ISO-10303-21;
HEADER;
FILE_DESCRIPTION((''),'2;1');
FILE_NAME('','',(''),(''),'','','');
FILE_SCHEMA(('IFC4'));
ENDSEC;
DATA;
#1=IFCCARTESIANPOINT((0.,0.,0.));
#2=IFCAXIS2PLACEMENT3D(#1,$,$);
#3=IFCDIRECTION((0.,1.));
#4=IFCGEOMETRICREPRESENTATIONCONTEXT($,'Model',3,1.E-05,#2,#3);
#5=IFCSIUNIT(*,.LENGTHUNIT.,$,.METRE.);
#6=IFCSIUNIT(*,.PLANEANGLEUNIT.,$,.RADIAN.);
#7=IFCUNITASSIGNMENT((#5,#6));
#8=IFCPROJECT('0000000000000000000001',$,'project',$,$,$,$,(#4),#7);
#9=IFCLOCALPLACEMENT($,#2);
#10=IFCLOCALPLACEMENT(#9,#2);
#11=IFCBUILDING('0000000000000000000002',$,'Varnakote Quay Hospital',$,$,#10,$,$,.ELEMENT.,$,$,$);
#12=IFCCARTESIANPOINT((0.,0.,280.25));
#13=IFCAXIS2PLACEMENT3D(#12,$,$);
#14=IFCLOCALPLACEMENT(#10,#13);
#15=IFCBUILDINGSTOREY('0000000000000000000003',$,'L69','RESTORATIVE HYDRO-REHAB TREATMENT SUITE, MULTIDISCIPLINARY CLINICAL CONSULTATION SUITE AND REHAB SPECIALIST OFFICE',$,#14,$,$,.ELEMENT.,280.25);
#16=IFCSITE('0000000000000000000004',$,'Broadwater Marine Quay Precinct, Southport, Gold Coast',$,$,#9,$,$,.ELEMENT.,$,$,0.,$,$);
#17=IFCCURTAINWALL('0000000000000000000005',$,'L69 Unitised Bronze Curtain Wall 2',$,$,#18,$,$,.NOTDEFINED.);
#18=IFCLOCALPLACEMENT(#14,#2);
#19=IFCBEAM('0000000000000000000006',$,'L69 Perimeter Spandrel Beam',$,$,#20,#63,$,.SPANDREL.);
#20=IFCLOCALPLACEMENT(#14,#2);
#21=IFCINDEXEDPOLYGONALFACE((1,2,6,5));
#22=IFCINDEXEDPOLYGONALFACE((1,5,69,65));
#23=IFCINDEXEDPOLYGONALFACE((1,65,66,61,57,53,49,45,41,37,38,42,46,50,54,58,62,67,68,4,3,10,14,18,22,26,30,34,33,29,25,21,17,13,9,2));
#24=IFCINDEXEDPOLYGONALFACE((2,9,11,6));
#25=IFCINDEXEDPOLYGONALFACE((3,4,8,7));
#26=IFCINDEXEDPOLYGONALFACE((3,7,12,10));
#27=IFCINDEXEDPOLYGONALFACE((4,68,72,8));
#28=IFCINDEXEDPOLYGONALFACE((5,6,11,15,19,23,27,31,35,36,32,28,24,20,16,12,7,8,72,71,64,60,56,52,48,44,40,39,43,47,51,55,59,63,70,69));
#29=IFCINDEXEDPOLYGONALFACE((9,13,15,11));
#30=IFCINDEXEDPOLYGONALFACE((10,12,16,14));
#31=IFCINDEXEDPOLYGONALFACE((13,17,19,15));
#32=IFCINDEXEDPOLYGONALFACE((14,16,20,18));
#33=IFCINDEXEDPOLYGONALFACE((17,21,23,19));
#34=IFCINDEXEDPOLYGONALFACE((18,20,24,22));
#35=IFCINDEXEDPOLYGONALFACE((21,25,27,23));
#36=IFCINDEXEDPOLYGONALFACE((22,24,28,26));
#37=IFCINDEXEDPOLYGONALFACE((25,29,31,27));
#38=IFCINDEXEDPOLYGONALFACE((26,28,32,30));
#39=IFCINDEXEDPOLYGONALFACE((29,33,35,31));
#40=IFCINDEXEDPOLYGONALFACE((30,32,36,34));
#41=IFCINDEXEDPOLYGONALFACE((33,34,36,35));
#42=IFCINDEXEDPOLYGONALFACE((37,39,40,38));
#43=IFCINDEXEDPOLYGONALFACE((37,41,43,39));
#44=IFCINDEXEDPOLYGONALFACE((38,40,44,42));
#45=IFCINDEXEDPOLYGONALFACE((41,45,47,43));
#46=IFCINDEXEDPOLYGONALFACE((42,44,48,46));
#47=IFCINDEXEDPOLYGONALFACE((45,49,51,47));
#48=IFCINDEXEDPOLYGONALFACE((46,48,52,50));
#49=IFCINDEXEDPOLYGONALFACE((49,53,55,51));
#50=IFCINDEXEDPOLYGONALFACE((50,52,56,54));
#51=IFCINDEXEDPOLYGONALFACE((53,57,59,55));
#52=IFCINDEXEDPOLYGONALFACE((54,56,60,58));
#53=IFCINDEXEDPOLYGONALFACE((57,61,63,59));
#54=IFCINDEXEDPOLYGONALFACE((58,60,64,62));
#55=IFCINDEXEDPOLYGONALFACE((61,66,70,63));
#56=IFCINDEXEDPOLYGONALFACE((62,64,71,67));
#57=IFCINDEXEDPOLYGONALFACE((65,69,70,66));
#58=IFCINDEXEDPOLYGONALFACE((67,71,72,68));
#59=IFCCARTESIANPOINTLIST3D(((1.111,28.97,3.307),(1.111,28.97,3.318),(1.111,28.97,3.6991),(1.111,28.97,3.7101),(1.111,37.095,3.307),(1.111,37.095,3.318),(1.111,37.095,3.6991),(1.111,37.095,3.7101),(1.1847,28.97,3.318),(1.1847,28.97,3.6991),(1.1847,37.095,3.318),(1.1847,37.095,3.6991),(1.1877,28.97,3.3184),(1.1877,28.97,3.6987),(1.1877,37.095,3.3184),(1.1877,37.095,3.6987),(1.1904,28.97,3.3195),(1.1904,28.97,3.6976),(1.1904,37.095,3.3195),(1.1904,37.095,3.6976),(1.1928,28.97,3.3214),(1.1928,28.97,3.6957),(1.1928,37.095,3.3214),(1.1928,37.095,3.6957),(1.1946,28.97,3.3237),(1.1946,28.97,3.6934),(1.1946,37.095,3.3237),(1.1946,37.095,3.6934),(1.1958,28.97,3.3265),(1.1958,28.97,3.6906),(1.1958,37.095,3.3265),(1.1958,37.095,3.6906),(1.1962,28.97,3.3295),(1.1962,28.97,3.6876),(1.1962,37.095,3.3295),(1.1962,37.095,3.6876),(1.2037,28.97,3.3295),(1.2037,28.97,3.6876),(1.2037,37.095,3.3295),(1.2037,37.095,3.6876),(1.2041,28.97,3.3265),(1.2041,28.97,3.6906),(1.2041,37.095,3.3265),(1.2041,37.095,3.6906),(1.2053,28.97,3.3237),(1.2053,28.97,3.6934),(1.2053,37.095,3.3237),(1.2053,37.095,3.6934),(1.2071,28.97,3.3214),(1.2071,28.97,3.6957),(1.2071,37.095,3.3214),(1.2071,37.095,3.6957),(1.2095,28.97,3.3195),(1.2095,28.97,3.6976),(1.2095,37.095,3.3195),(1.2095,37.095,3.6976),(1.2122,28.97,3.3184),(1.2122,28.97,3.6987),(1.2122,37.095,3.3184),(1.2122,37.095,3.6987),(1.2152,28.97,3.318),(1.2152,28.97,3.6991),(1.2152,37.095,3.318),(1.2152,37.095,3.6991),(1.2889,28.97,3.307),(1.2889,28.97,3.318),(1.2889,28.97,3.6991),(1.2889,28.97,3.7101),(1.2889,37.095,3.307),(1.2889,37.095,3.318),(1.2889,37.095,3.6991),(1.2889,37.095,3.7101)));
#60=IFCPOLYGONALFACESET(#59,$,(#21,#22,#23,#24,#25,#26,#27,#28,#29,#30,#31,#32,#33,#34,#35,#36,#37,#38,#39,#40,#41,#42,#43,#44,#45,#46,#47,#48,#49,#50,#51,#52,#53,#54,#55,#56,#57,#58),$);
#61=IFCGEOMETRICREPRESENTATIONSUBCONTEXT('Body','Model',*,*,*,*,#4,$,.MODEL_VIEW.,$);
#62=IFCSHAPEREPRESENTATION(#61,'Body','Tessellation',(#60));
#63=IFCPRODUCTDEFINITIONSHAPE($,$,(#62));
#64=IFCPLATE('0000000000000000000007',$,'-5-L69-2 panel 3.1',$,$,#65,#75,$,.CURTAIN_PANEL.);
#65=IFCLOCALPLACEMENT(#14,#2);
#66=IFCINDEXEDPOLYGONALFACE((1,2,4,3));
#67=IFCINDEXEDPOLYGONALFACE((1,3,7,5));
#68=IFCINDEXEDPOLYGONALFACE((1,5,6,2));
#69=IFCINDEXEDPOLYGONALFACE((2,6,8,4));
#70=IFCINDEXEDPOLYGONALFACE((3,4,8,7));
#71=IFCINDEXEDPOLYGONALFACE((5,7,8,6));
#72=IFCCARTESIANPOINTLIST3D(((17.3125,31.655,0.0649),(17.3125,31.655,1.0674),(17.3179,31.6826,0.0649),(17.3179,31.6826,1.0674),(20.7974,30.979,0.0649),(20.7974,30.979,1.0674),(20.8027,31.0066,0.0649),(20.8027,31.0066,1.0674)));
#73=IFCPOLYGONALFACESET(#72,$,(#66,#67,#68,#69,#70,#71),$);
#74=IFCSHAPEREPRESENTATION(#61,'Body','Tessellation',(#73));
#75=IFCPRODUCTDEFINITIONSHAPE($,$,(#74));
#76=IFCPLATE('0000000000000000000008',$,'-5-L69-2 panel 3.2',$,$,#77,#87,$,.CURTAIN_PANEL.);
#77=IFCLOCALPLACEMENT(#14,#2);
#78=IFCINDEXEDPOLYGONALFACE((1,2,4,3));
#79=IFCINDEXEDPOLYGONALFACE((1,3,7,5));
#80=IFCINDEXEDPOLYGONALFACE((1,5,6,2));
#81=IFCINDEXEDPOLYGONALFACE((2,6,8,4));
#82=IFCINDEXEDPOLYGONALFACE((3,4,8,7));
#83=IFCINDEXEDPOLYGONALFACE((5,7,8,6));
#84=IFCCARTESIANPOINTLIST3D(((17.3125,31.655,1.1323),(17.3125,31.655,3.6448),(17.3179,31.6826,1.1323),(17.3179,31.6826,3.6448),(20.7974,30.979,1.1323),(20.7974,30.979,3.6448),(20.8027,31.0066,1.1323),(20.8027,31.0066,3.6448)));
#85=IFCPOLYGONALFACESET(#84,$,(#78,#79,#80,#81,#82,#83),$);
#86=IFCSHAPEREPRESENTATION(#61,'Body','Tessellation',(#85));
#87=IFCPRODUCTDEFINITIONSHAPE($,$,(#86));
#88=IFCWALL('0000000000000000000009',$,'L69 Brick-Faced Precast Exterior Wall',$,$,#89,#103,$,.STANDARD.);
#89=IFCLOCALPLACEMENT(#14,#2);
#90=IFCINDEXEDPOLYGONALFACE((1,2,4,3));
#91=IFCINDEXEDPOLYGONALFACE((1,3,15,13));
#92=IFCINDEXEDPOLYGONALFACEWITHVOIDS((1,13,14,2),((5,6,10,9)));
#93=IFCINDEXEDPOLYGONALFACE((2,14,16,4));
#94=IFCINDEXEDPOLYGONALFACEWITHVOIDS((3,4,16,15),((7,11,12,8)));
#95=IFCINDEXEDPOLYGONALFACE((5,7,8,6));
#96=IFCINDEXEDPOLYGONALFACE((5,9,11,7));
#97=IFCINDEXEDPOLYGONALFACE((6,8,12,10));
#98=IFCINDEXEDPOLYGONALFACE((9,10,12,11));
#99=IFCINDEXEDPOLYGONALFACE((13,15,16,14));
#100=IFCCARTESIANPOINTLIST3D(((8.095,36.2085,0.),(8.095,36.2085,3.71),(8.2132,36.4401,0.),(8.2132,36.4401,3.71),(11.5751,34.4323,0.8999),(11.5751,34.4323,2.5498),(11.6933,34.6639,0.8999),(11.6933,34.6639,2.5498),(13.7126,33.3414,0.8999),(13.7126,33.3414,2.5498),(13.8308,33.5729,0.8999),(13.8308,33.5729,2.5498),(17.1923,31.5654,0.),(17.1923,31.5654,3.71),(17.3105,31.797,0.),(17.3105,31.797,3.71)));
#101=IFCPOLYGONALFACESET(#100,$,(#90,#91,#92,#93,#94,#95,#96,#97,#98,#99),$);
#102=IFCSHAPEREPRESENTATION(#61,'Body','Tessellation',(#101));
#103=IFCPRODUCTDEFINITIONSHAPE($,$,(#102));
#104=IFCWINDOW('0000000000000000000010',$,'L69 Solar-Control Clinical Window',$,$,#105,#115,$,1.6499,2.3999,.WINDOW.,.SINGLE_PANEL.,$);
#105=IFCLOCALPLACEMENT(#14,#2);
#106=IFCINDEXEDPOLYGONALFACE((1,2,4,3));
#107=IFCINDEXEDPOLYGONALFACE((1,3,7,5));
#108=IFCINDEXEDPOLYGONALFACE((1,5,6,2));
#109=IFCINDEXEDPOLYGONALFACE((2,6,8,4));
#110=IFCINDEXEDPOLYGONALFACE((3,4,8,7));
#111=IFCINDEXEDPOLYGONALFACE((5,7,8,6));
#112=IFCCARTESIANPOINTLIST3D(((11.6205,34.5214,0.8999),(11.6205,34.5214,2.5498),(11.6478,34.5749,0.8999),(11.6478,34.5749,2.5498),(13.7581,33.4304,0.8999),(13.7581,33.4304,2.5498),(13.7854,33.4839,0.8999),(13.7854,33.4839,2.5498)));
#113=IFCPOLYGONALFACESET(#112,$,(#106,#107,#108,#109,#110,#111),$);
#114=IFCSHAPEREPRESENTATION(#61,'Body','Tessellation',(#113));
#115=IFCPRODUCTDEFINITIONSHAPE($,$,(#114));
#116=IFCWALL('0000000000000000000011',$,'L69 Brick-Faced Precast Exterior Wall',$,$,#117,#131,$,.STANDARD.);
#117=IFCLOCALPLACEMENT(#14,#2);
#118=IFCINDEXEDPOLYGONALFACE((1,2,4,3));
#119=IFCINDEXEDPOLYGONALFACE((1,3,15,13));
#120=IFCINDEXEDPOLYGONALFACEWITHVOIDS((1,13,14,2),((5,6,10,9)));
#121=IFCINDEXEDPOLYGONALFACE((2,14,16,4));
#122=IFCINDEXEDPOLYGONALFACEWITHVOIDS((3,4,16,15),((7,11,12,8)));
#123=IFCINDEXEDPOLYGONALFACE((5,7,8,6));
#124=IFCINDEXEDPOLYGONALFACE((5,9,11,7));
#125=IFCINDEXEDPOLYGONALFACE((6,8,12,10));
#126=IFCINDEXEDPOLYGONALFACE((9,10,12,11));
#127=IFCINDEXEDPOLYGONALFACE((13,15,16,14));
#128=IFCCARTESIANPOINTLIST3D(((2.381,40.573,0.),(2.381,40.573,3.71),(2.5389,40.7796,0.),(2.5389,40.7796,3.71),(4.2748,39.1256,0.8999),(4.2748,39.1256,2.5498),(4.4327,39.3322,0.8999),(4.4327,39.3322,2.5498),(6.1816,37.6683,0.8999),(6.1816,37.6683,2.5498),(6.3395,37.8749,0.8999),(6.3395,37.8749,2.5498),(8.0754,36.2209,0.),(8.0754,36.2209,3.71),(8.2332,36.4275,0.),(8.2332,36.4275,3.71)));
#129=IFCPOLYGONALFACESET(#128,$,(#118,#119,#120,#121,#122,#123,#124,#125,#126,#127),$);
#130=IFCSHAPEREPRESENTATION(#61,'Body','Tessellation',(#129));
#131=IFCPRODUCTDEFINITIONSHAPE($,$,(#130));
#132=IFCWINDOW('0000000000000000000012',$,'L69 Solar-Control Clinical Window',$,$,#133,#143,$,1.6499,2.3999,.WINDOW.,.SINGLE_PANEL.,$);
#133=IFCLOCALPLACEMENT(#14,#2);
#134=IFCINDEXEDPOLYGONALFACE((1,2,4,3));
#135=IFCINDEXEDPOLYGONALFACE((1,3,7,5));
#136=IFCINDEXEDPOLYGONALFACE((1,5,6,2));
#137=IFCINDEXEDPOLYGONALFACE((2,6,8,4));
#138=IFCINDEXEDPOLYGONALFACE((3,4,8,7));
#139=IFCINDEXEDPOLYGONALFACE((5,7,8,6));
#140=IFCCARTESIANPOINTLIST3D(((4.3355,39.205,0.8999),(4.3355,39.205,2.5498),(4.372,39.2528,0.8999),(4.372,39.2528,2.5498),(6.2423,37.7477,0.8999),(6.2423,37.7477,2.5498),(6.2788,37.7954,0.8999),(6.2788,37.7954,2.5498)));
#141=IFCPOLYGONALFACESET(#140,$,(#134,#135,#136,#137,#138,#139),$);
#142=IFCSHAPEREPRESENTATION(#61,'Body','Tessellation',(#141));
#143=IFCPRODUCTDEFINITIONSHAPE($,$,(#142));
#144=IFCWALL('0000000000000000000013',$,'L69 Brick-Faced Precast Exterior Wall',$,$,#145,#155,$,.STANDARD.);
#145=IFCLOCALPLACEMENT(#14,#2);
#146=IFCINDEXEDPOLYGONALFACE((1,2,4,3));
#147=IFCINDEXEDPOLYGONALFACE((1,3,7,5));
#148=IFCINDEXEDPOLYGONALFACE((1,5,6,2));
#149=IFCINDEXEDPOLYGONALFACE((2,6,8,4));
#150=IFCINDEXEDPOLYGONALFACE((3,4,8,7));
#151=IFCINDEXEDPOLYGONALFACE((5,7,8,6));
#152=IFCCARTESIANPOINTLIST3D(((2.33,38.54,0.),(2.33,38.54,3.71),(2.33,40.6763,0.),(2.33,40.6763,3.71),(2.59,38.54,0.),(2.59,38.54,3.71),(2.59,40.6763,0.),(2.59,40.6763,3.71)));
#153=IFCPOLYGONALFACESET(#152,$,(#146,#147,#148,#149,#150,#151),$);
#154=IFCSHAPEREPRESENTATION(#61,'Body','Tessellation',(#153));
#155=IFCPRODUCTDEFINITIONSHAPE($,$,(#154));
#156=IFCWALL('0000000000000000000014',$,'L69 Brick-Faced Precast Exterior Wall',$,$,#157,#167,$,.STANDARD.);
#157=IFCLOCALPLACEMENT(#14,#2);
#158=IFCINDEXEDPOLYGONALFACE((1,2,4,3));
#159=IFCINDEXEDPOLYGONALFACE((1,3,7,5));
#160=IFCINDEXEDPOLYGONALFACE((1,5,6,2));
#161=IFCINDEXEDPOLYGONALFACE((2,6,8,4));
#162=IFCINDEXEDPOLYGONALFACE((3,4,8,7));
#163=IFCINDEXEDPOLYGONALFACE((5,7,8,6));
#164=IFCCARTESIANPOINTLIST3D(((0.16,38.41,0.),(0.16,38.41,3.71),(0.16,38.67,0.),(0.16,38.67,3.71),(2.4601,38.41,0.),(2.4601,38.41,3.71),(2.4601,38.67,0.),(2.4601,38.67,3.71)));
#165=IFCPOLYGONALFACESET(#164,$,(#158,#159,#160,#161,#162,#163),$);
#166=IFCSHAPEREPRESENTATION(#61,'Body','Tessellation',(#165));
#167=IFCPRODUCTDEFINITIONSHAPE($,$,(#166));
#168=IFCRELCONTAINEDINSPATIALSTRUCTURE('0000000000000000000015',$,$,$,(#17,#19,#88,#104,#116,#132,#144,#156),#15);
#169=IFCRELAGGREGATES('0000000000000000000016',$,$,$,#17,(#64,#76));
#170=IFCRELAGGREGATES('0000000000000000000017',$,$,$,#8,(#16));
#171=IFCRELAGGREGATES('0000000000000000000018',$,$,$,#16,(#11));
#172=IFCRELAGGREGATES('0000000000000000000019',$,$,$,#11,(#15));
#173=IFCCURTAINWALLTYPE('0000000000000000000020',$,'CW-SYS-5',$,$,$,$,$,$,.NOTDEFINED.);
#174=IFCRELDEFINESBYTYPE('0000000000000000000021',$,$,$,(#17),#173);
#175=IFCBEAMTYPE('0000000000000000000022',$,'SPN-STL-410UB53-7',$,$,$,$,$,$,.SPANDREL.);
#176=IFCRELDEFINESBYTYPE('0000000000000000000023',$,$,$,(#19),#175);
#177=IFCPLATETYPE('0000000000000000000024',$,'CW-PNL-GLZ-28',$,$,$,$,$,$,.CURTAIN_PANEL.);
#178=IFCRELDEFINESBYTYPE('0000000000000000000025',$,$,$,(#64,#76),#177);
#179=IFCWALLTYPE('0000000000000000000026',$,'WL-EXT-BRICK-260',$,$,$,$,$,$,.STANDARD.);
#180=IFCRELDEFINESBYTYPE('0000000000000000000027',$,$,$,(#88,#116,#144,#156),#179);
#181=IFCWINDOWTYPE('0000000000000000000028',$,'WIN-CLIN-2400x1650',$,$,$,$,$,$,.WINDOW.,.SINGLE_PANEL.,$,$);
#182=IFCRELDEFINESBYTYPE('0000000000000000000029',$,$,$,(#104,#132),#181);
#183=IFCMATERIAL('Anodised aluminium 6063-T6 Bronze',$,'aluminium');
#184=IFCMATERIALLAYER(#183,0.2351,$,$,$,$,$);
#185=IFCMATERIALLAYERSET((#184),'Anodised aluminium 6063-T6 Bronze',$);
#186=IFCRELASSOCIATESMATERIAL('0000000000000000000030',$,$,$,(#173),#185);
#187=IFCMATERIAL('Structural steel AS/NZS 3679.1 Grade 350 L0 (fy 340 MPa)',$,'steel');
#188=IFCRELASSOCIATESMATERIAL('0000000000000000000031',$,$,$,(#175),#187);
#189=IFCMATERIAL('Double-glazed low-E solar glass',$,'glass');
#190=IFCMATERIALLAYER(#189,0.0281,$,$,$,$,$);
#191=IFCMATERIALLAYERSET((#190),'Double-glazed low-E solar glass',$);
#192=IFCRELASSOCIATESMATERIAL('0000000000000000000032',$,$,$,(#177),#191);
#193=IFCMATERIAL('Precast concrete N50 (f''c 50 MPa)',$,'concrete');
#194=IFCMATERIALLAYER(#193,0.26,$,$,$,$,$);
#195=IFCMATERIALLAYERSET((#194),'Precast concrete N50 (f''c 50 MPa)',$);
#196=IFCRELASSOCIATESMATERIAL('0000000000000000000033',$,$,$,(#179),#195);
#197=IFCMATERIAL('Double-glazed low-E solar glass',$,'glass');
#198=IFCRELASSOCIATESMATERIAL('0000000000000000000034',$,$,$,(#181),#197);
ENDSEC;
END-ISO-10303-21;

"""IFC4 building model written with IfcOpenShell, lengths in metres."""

from ifc_helpers import new_model, si_unit, direction, frame, frame_2d, origin, origin_2d, place, context, subcontext, project, spatial, rectangle, i_section, extrude, material, layer, layer_set, material_profile, profile_set, type_object, element, fill, aggregate, save


model = new_model("IFC4")

# Units and contexts
model_context = context("Model", 3, precision=1e-05, world=origin(), true_north=direction((0.0, 1.0)))
body_context = subcontext(model_context, "Body", "Model", "MODEL_VIEW")
ifc_project = project(units=[si_unit("LENGTHUNIT", "METRE"), si_unit("PLANEANGLEUNIT", "RADIAN")], contexts=[model_context])

# Site, building, storey
site_placement = place(None, origin())
site = spatial("IfcSite", under=ifc_project, at=site_placement, Name="Broadwater Marine Quay Precinct, Southport, Gold Coast", CompositionType="ELEMENT", RefElevation=0.0)
building_placement = place(site_placement, origin())
building = spatial("IfcBuilding", under=site, at=building_placement, Name="Varnakote Quay Hospital", CompositionType="ELEMENT")
storey_placement = place(building_placement, frame((0.0, 0.0, 280.25)))
storey = spatial("IfcBuildingStorey", under=building, at=storey_placement, Name="L69", Description="RESTORATIVE HYDRO-REHAB TREATMENT SUITE, MULTIDISCIPLINARY CLINICAL CONSULTATION SUITE AND REHAB SPECIALIST OFFICE", CompositionType="ELEMENT", Elevation=280.25)

# Curtain wall
ifc_material_1 = material(Name="Anodised aluminium 6063-T6 Bronze", Category="aluminium")
ifc_layer_1 = layer(ifc_material_1, 0.2351)
ifc_layer_set_1 = layer_set([ifc_layer_1], Name="Anodised aluminium 6063-T6 Bronze")
curtain_wall_type = type_object("IfcCurtainWallType", Name="CW-SYS-5", PredefinedType="NOTDEFINED", material=ifc_layer_set_1)
curtain_wall_placement = place(storey_placement, origin())
curtain_wall = element("IfcCurtainWall", 1, at=curtain_wall_placement, inside=storey, type_object=curtain_wall_type, Name="L69 Unitised Bronze Curtain Wall 2", PredefinedType="NOTDEFINED")

# Beam
ifc_material_2 = material(Name="Structural steel AS/NZS 3679.1 Grade 350 L0 (fy 340 MPa)", Category="steel")
ifc_material_profile_1 = material_profile(ifc_material_2, i_section(OverallWidth=0.178, OverallDepth=0.4031, WebThickness=0.0076, FlangeThickness=0.011, FilletRadius=0.0115, at=origin_2d()), Name="410UB53.7")
ifc_profile_set_1 = profile_set([ifc_material_profile_1], Name="Structural steel AS/NZS 3679.1 Grade 350 L0 (fy 340 MPa)")
beam_type_1 = type_object("IfcBeamType", Name="SPN-STL-410UB53-7", PredefinedType="SPANDREL", material=ifc_profile_set_1)
beam_1_placement = place(storey_placement, frame((1.2, 28.97, 3.5085), z_axis=(0.0, 1.0, 0.0), x_axis=(-1.0, 0.0, 0.0)))
element("IfcBeam", 2, at=beam_1_placement, inside=storey, type_object=beam_type_1, Name="L69 Perimeter Spandrel Beam", PredefinedType="SPANDREL", context=body_context, shape_type="SweptSolid", body=[
    extrude(i_section(OverallWidth=0.178, OverallDepth=0.4031, WebThickness=0.0076, FlangeThickness=0.011, FilletRadius=0.0115, at=origin_2d()), origin(), (0.0, 0.0, 1.0), 8.125),
])

# Plates
ifc_material_3 = material(Name="Double-glazed low-E solar glass", Category="glass")
ifc_layer_2 = layer(ifc_material_3, 0.0281)
ifc_layer_set_2 = layer_set([ifc_layer_2], Name="Double-glazed low-E solar glass")
plate_type = type_object("IfcPlateType", Name="CW-PNL-GLZ-28", PredefinedType="CURTAIN_PANEL", material=ifc_layer_set_2)
plate_1_placement = place(storey_placement, frame((19.0576, 31.3308, 0.0649), z_axis=(0.0, 0.0, 1.0), x_axis=(-0.9817, 0.190434, 0.0)))
plate_1 = element("IfcPlate", 3, at=plate_1_placement, type_object=plate_type, Name="-5-L69-2 panel 3.1", PredefinedType="CURTAIN_PANEL", context=body_context, shape_type="SweptSolid", body=[
    extrude(rectangle(XDim=3.5498, YDim=0.0281, at=origin_2d()), origin(), (0.0, 0.0, 1.0), 1.0024),
])
plate_2_placement = place(storey_placement, frame((19.0576, 31.3308, 1.1323), z_axis=(0.0, 0.0, 1.0), x_axis=(-0.9817, 0.190434, 0.0)))
plate_2 = element("IfcPlate", 4, at=plate_2_placement, type_object=plate_type, Name="-5-L69-2 panel 3.2", PredefinedType="CURTAIN_PANEL", context=body_context, shape_type="SweptSolid", body=[
    extrude(rectangle(XDim=3.5498, YDim=0.0281, at=origin_2d()), origin(), (0.0, 0.0, 1.0), 2.5125),
])
aggregate(curtain_wall, [plate_1, plate_2])

# Walls, openings, windows
ifc_material_4 = material(Name="Precast concrete N50 (f'c 50 MPa)", Category="concrete")
ifc_layer_3 = layer(ifc_material_4, 0.26)
ifc_layer_set_3 = layer_set([ifc_layer_3], Name="Precast concrete N50 (f'c 50 MPa)")
wall_type = type_object("IfcWallType", Name="WL-EXT-BRICK-260", PredefinedType="STANDARD", material=ifc_layer_set_3)
wall_1_placement = place(storey_placement, frame((17.2515, 31.6812, 0.0), z_axis=(0.0, 0.0, 1.0), x_axis=(-0.890696, 0.454599, 0.0)))
wall_1 = element("IfcWall", 5, at=wall_1_placement, inside=storey, type_object=wall_type, Name="L69 Brick-Faced Precast Exterior Wall", PredefinedType="STANDARD", context=body_context, shape_type="SweptSolid", body=[
    extrude(rectangle(XDim=10.2136, YDim=0.26, at=frame_2d((5.1069, 0.0))), origin(), (0.0, 0.0, 1.0), 3.71),
])
opening_1_placement = place(wall_1_placement, frame((3.9067, 0.0, 0.8999)))
opening_1 = element("IfcOpeningElement", 6, at=opening_1_placement, cuts=wall_1, PredefinedType="OPENING", context=body_context, shape_type="SweptSolid", body=[
    extrude(rectangle(XDim=2.3999, YDim=1.6499, at=frame_2d((1.2, 0.825))), frame((0.0, 0.1399, 0.0), z_axis=(0.0, -1.0, 0.0), x_axis=(1.0, 0.0, 0.0)), (0.0, 0.0, 1.0), 0.28),
])
ifc_material_5 = material(Name="Double-glazed low-E solar glass", Category="glass")
window_type = type_object("IfcWindowType", Name="WIN-CLIN-2400x1650", PartitioningType="SINGLE_PANEL", PredefinedType="WINDOW", material=ifc_material_5)
window_1_placement = place(opening_1_placement, origin())
window_1 = element("IfcWindow", 7, at=window_1_placement, inside=storey, type_object=window_type, Name="L69 Solar-Control Clinical Window", OverallHeight=1.6499, OverallWidth=2.3999, PartitioningType="SINGLE_PANEL", PredefinedType="WINDOW", context=body_context, shape_type="SweptSolid", body=[
    extrude(rectangle(XDim=2.3999, YDim=1.6499, at=frame_2d((1.2, 0.825))), frame((0.0, 0.03, 0.0), z_axis=(0.0, -1.0, 0.0), x_axis=(1.0, 0.0, 0.0)), (0.0, 0.0, 1.0), 0.0601),
])
fill(opening_1, window_1)
wall_2_placement = place(storey_placement, frame((8.1543, 36.3242, 0.0), z_axis=(0.0, 0.0, 1.0), x_axis=(-0.794522, 0.607235, 0.0)))
wall_2 = element("IfcWall", 8, at=wall_2_placement, inside=storey, type_object=wall_type, Name="L69 Brick-Faced Precast Exterior Wall", PredefinedType="STANDARD", context=body_context, shape_type="SweptSolid", body=[
    extrude(rectangle(XDim=7.167, YDim=0.26, at=frame_2d((3.5835, 0.0))), origin(), (0.0, 0.0, 1.0), 3.71),
])
opening_2_placement = place(wall_2_placement, frame((2.3835, 0.0, 0.8999)))
opening_2 = element("IfcOpeningElement", 9, at=opening_2_placement, cuts=wall_2, PredefinedType="OPENING", context=body_context, shape_type="SweptSolid", body=[
    extrude(rectangle(XDim=2.3999, YDim=1.6499, at=frame_2d((1.2, 0.825))), frame((0.0, 0.1399, 0.0), z_axis=(0.0, -1.0, 0.0), x_axis=(1.0, 0.0, 0.0)), (0.0, 0.0, 1.0), 0.28),
])
window_2_placement = place(opening_2_placement, origin())
window_2 = element("IfcWindow", 10, at=window_2_placement, inside=storey, type_object=window_type, Name="L69 Solar-Control Clinical Window", OverallHeight=1.6499, OverallWidth=2.3999, PartitioningType="SINGLE_PANEL", PredefinedType="WINDOW", context=body_context, shape_type="SweptSolid", body=[
    extrude(rectangle(XDim=2.3999, YDim=1.6499, at=frame_2d((1.2, 0.825))), frame((0.0, 0.03, 0.0), z_axis=(0.0, -1.0, 0.0), x_axis=(1.0, 0.0, 0.0)), (0.0, 0.0, 1.0), 0.0601),
])
fill(opening_2, window_2)

# Walls
wall_3_placement = place(storey_placement, frame((2.46, 40.6763, 0.0), z_axis=(0.0, 0.0, 1.0), x_axis=(0.0, -1.0, 0.0)))
element("IfcWall", 11, at=wall_3_placement, inside=storey, type_object=wall_type, Name="L69 Brick-Faced Precast Exterior Wall", PredefinedType="STANDARD", context=body_context, shape_type="SweptSolid", body=[
    extrude(rectangle(XDim=2.1362, YDim=0.26, at=frame_2d((1.0681, 0.0))), origin(), (0.0, 0.0, 1.0), 3.71),
])
wall_4_placement = place(storey_placement, frame((2.46, 38.54, 0.0), z_axis=(0.0, 0.0, 1.0), x_axis=(-1.0, 0.0, 0.0)))
element("IfcWall", 12, at=wall_4_placement, inside=storey, type_object=wall_type, Name="L69 Brick-Faced Precast Exterior Wall", PredefinedType="STANDARD", context=body_context, shape_type="SweptSolid", body=[
    extrude(rectangle(XDim=2.3, YDim=0.26, at=frame_2d((1.1499, 0.0))), origin(), (0.0, 0.0, 1.0), 3.71),
])

save(model, "model.ifc")
